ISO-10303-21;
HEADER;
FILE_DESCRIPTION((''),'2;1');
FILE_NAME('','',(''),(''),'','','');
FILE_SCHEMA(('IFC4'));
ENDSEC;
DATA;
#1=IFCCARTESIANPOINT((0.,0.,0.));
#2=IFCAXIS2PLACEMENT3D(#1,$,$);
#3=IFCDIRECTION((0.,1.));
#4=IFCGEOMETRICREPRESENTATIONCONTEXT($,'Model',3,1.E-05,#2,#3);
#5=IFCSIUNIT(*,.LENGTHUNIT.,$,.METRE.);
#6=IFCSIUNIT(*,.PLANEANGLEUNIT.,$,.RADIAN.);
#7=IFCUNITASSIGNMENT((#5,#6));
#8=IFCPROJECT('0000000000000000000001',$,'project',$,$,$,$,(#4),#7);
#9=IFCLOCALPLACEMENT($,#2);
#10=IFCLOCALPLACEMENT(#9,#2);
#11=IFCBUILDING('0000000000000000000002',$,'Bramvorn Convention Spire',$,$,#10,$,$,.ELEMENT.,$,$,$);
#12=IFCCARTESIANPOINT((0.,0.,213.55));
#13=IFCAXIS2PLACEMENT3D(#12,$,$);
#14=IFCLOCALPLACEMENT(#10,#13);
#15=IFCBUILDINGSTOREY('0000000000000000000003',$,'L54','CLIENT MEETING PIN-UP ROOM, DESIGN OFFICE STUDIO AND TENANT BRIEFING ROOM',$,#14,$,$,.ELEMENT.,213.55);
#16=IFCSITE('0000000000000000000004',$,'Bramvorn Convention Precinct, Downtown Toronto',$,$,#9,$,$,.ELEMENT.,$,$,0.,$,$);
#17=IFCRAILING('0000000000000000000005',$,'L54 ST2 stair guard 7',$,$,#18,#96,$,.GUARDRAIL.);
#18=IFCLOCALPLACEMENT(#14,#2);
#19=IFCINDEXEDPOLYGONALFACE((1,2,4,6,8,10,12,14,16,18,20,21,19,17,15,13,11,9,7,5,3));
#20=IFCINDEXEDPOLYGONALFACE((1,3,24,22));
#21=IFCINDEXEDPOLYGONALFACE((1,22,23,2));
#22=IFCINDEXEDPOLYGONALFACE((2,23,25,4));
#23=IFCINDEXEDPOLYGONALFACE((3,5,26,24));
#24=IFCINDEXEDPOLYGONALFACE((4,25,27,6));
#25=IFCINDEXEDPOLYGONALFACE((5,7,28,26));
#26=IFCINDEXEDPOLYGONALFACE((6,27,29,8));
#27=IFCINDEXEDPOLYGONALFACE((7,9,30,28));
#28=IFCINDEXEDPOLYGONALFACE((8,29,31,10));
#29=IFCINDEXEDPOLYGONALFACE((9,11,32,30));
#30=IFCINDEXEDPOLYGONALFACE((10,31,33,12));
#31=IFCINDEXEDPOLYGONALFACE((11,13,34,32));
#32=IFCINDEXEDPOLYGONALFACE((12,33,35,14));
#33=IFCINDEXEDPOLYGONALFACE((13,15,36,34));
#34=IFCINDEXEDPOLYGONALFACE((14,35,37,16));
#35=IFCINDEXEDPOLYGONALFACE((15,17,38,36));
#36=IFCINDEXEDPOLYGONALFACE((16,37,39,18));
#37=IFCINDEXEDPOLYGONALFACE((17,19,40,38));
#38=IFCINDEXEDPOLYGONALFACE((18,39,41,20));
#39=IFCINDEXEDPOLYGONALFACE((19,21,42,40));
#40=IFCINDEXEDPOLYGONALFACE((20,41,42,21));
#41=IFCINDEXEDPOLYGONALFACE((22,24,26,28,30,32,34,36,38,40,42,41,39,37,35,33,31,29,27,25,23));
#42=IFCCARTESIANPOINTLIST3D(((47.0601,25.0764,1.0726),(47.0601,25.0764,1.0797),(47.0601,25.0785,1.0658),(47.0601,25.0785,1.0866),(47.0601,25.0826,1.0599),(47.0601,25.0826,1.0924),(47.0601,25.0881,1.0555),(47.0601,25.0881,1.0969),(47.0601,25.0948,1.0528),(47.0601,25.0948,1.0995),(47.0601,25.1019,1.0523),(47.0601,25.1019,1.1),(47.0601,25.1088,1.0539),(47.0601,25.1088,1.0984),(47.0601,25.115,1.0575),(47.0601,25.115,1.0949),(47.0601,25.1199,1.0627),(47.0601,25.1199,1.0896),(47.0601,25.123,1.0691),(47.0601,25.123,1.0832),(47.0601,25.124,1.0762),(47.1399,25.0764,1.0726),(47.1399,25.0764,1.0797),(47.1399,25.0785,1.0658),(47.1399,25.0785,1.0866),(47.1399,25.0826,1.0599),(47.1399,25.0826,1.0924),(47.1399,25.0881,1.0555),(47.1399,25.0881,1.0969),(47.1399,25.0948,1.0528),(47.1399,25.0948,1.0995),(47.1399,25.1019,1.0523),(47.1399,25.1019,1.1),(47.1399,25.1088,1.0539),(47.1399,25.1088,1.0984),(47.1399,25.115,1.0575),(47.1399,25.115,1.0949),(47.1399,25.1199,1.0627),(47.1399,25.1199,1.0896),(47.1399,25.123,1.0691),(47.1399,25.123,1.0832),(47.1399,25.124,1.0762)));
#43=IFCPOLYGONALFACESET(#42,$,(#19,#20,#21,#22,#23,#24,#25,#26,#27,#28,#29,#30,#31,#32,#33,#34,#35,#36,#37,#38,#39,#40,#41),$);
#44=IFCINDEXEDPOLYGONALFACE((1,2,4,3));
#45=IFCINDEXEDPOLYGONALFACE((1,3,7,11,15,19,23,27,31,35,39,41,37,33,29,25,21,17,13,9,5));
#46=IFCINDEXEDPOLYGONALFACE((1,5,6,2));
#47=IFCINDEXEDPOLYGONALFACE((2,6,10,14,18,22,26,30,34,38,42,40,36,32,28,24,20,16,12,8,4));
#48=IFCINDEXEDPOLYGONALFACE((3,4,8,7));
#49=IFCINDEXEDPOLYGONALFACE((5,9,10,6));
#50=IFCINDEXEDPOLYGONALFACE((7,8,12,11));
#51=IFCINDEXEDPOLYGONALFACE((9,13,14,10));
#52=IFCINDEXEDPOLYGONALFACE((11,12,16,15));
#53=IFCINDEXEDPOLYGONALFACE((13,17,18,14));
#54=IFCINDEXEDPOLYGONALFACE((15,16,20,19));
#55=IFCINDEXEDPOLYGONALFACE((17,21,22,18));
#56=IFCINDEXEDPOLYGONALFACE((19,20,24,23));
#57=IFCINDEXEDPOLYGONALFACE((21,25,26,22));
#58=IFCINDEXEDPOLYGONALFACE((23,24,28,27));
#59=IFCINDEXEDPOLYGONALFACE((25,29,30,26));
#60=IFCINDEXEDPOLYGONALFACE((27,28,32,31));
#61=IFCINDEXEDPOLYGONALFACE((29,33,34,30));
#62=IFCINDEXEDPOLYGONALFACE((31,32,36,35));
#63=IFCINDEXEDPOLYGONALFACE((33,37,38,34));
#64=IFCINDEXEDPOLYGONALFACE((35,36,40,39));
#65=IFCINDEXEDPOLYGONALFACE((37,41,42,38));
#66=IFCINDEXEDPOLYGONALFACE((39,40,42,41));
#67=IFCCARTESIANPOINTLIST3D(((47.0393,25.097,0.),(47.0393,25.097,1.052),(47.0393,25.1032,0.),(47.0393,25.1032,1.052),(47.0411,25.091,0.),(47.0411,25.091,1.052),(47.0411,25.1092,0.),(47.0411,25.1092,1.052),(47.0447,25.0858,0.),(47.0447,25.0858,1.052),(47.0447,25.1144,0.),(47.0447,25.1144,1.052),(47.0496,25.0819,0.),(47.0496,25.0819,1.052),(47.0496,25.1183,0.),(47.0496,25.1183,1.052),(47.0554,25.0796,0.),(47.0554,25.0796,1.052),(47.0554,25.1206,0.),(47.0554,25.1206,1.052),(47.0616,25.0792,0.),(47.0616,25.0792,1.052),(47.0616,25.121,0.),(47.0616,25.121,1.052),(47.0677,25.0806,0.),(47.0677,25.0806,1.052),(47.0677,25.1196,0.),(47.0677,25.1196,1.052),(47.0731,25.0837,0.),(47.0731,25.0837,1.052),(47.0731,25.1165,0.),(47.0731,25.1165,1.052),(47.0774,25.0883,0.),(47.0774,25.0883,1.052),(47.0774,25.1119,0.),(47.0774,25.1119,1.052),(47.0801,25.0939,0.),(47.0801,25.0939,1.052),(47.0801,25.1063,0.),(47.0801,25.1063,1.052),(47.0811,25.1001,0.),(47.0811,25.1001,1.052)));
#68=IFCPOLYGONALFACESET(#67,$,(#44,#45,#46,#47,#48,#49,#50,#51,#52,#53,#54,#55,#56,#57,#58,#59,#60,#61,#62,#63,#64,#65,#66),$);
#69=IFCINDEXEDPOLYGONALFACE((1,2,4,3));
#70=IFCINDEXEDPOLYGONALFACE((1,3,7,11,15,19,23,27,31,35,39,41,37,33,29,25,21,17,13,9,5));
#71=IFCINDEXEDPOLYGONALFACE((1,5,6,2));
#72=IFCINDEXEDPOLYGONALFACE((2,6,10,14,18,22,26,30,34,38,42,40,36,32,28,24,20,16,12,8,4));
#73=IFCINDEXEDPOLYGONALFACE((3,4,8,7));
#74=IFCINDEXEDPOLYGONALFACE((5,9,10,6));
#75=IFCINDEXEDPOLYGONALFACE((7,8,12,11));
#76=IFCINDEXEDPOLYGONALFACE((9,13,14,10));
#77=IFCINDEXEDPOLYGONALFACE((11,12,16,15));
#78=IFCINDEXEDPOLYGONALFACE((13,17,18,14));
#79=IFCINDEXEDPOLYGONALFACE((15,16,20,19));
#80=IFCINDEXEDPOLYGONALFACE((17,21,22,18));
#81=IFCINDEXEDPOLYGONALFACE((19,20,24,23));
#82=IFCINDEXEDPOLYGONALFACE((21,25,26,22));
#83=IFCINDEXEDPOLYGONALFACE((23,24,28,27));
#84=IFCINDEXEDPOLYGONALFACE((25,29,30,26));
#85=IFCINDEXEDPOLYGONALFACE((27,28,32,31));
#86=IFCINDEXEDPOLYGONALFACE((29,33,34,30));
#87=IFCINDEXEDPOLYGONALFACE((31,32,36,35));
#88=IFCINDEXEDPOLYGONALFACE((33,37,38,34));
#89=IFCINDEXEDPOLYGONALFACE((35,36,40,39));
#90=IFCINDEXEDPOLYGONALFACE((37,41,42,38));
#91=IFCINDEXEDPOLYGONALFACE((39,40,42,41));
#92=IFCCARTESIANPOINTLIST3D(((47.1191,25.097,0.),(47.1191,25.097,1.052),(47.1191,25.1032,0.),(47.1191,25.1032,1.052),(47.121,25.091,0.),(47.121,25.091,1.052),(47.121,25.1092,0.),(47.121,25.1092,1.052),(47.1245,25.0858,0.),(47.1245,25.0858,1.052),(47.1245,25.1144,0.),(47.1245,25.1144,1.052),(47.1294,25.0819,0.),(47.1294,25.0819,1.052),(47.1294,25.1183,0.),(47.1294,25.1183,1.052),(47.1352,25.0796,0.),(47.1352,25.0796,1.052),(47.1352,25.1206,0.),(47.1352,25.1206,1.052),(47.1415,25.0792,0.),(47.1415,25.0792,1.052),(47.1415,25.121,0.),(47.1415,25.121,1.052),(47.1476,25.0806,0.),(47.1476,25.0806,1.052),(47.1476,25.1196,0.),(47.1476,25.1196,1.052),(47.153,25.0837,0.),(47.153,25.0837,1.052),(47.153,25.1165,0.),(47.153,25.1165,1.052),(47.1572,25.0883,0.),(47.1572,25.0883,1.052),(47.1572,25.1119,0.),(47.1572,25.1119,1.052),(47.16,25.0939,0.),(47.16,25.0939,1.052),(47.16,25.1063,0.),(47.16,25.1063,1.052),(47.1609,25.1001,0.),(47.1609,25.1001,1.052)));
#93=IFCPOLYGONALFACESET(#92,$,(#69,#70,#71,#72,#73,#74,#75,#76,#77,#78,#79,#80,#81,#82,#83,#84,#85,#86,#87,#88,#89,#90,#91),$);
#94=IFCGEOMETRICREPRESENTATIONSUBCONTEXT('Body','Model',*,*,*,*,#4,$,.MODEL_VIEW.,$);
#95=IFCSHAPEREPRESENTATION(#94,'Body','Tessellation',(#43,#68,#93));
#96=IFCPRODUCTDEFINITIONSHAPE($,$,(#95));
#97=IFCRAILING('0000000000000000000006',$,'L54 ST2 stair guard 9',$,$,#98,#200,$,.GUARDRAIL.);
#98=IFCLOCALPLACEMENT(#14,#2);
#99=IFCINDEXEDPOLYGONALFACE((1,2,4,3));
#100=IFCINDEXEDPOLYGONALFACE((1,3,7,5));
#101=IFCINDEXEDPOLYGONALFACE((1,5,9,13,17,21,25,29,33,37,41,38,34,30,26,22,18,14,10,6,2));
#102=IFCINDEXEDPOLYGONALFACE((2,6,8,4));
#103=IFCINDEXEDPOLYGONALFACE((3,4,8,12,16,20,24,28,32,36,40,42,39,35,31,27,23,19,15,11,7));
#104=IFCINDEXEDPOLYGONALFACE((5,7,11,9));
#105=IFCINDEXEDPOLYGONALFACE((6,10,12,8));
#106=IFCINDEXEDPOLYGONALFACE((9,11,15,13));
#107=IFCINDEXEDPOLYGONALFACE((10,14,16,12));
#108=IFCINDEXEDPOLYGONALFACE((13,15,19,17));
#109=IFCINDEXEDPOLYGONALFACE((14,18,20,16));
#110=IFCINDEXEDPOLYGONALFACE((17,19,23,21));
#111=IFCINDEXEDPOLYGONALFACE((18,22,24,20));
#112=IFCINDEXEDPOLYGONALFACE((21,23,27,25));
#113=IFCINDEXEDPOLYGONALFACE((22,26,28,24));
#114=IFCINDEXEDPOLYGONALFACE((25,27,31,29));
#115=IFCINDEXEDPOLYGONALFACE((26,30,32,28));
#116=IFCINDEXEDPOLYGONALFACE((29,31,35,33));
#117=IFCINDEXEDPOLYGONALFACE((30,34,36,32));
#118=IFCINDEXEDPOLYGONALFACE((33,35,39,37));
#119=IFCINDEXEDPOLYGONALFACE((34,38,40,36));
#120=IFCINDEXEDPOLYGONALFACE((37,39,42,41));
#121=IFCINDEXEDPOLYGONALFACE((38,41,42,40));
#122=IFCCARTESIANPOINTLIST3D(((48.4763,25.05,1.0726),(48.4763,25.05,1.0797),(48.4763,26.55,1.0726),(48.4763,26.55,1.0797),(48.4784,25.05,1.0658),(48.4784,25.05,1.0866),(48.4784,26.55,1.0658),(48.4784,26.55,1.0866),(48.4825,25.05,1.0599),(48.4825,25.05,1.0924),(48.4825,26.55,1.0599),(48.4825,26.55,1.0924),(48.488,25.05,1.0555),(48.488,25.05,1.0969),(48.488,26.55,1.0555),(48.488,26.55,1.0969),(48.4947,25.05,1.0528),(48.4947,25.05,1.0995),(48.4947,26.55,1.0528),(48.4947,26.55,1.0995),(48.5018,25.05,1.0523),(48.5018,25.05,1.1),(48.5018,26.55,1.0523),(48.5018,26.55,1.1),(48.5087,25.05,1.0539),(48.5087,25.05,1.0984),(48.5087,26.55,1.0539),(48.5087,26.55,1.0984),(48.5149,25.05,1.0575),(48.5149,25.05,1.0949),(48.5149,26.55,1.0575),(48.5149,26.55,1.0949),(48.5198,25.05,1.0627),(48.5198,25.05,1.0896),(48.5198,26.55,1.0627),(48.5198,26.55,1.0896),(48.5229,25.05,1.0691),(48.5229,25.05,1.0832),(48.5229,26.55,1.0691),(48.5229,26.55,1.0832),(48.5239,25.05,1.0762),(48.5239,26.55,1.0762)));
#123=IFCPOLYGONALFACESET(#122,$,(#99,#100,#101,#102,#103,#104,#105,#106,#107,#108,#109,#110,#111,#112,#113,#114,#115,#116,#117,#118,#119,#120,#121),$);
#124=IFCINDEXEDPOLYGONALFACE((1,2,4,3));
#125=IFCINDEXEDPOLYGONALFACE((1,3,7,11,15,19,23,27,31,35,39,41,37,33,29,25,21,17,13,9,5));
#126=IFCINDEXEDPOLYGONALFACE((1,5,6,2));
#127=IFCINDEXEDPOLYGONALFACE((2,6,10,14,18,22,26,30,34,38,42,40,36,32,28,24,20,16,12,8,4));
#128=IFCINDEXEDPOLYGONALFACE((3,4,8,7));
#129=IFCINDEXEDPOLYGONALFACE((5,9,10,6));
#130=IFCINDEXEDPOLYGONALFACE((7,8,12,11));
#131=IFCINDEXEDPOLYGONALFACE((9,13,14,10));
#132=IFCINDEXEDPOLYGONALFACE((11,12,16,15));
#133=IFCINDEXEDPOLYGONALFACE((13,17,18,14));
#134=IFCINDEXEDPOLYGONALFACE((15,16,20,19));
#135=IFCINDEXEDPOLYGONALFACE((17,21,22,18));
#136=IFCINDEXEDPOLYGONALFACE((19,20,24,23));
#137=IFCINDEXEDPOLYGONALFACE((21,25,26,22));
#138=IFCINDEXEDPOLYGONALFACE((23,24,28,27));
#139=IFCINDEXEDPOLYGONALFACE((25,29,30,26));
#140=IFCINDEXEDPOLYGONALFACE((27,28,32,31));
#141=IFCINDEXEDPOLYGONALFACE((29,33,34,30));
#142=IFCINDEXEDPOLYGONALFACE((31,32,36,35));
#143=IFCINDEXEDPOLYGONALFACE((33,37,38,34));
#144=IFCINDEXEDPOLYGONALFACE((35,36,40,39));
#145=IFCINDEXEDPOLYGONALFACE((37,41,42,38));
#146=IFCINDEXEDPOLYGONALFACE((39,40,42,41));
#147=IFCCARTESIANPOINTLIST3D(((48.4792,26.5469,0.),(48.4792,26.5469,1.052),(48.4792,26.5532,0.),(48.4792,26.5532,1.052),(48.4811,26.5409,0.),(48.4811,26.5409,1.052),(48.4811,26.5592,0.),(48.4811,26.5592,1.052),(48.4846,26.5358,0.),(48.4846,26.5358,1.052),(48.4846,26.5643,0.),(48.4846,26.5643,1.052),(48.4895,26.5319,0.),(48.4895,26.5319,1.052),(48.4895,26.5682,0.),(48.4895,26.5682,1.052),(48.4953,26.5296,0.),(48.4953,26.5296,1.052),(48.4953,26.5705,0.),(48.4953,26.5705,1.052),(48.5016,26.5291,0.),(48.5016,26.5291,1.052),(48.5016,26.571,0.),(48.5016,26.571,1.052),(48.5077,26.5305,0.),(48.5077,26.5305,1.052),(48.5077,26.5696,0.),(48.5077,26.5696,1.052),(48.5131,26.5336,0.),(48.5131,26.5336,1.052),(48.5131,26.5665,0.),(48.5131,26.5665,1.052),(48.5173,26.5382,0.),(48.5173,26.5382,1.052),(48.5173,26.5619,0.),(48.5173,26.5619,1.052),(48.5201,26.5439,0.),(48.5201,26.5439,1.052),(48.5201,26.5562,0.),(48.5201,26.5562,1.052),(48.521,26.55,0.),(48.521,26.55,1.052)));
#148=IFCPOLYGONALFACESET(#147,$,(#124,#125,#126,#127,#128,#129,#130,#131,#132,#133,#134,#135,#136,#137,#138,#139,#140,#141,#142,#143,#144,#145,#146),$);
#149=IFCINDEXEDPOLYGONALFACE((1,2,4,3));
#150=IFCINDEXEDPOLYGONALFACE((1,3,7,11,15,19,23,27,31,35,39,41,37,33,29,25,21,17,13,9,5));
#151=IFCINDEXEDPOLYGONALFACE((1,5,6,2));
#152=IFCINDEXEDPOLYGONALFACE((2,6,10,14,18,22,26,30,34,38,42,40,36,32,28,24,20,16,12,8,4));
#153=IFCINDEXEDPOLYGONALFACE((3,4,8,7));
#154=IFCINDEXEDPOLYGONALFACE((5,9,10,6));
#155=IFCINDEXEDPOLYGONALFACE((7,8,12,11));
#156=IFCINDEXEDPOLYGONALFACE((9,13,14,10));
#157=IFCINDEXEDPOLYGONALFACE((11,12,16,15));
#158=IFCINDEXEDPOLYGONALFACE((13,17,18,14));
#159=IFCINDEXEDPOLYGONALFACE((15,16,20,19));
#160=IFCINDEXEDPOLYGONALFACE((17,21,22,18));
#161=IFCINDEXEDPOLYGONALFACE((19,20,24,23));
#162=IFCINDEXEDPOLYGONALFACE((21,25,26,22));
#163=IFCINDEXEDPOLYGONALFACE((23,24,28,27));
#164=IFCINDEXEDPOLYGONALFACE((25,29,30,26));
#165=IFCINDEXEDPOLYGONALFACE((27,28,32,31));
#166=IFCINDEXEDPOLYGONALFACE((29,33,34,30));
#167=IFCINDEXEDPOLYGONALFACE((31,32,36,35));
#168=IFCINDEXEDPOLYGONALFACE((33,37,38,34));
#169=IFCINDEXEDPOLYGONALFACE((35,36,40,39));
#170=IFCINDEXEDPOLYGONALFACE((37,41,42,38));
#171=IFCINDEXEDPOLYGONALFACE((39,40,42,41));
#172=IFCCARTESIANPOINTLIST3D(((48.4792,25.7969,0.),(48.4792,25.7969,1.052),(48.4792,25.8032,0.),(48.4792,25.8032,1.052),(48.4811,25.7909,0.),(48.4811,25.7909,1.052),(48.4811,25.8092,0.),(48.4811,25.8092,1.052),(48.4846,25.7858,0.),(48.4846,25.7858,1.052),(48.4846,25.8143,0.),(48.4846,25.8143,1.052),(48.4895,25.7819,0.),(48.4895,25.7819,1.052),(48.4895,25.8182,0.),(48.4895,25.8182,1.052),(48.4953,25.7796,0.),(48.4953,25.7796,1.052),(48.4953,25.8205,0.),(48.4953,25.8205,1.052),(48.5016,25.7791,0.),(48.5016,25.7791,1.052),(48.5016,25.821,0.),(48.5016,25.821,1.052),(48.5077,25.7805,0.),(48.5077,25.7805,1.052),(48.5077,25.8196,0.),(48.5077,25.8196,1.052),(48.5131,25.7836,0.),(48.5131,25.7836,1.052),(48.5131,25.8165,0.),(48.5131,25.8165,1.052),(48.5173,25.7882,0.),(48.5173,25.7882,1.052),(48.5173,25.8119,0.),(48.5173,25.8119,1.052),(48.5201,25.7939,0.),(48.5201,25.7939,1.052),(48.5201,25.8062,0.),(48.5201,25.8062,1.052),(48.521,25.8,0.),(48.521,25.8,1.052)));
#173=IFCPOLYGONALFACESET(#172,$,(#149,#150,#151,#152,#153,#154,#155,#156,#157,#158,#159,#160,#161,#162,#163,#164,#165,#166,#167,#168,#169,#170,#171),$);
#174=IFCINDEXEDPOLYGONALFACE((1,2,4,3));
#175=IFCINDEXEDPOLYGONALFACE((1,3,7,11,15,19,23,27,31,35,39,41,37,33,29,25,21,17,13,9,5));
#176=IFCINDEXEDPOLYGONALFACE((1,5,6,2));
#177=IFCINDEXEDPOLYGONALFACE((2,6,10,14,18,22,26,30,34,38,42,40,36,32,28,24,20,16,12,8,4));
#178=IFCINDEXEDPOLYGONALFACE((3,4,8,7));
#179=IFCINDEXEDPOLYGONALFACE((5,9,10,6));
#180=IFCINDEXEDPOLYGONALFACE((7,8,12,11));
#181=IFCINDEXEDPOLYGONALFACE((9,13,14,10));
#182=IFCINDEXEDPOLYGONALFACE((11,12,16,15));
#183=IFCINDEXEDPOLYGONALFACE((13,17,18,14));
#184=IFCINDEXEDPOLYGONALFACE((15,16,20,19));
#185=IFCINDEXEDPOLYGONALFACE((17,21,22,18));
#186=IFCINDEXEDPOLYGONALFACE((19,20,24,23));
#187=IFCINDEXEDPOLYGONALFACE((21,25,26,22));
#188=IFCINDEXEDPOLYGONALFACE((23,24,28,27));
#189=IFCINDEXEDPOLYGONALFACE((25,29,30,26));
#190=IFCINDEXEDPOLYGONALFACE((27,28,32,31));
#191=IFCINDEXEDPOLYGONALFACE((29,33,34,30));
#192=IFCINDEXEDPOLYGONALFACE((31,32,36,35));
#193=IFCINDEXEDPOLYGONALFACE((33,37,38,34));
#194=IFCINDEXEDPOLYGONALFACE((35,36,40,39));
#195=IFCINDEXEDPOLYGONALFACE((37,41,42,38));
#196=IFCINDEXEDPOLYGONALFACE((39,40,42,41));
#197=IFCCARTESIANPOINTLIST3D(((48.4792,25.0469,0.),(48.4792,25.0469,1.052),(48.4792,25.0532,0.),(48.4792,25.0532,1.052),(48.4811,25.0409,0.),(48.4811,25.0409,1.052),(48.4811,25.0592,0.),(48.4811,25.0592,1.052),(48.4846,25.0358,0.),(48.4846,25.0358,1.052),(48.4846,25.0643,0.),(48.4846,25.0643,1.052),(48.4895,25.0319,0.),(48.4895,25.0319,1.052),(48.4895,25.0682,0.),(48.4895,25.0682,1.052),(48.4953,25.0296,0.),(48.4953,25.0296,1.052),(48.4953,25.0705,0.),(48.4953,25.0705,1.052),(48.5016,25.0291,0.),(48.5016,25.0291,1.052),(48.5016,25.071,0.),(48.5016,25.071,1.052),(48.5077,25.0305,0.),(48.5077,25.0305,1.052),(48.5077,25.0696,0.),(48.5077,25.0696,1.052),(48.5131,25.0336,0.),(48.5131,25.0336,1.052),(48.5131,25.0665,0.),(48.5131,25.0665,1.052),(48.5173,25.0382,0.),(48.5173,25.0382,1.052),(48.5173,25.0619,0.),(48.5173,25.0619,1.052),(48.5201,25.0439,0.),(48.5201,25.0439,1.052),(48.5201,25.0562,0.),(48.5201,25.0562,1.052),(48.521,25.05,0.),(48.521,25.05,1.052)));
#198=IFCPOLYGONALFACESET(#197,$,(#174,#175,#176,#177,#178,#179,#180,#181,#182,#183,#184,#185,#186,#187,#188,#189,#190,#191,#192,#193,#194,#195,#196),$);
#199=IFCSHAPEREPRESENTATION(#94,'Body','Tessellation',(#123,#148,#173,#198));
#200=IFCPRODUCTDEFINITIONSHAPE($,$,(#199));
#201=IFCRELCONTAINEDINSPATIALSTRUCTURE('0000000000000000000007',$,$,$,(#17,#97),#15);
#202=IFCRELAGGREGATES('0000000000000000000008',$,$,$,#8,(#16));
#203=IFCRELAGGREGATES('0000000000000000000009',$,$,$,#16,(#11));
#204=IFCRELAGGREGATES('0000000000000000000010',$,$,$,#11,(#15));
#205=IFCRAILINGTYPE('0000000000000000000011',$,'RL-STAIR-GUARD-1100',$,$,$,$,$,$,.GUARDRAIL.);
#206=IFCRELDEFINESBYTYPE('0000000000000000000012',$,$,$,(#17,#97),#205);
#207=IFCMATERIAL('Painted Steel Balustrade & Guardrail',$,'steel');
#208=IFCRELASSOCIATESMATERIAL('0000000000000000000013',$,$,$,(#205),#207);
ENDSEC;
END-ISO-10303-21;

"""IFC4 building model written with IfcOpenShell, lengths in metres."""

from ifc_helpers import new_model, si_unit, direction, frame, origin, origin_2d, place, context, subcontext, project, spatial, circle, extrude, material, type_object, element, save


model = new_model("IFC4")

# Units and contexts
model_context = context("Model", 3, precision=1e-05, world=origin(), true_north=direction((0.0, 1.0)))
body_context = subcontext(model_context, "Body", "Model", "MODEL_VIEW")
ifc_project = project(units=[si_unit("LENGTHUNIT", "METRE"), si_unit("PLANEANGLEUNIT", "RADIAN")], contexts=[model_context])

# Site, building, storey
site_placement = place(None, origin())
site = spatial("IfcSite", under=ifc_project, at=site_placement, Name="Bramvorn Convention Precinct, Downtown Toronto", CompositionType="ELEMENT", RefElevation=0.0)
building_placement = place(site_placement, origin())
building = spatial("IfcBuilding", under=site, at=building_placement, Name="Bramvorn Convention Spire", CompositionType="ELEMENT")
storey_placement = place(building_placement, frame((0.0, 0.0, 213.55)))
storey = spatial("IfcBuildingStorey", under=building, at=storey_placement, Name="L54", Description="CLIENT MEETING PIN-UP ROOM, DESIGN OFFICE STUDIO AND TENANT BRIEFING ROOM", CompositionType="ELEMENT", Elevation=213.55)

# Railings
ifc_material_1 = material(Name="Painted Steel Balustrade & Guardrail", Category="steel")
railing_type_1 = type_object("IfcRailingType", Name="RL-STAIR-GUARD-1100", PredefinedType="GUARDRAIL", material=ifc_material_1)
railing_1_placement = place(storey_placement, frame((47.0601, 25.1001, 0.0)))
element("IfcRailing", 1, at=railing_1_placement, inside=storey, type_object=railing_type_1, Name="L54 ST2 stair guard 7", PredefinedType="GUARDRAIL", context=body_context, shape_type="SweptSolid", body=[
    extrude(circle(Radius=0.0239, at=origin_2d()), frame((0.0, 0.0, 1.0762), z_axis=(1.0, 0.0, 0.0), x_axis=(0.0, 1.0, 0.0)), (0.0, 0.0, 1.0), 0.0798),
    extrude(circle(Radius=0.021, at=origin_2d()), origin(), (0.0, 0.0, 1.0), 1.052),
    extrude(circle(Radius=0.021, at=origin_2d()), frame((0.0798, 0.0, 0.0)), (0.0, 0.0, 1.0), 1.052),
])
railing_2_placement = place(storey_placement, frame((48.5, 26.55, 0.0)))
element("IfcRailing", 2, at=railing_2_placement, inside=storey, type_object=railing_type_1, Name="L54 ST2 stair guard 9", PredefinedType="GUARDRAIL", context=body_context, shape_type="SweptSolid", body=[
    extrude(circle(Radius=0.0239, at=origin_2d()), frame((0.0, 0.0, 1.0762), z_axis=(0.0, -1.0, 0.0), x_axis=(1.0, 0.0, 0.0)), (0.0, 0.0, 1.0), 1.5),
    extrude(circle(Radius=0.021, at=origin_2d()), origin(), (0.0, 0.0, 1.0), 1.052),
    extrude(circle(Radius=0.021, at=origin_2d()), frame((0.0, -0.75, 0.0)), (0.0, 0.0, 1.0), 1.052),
    extrude(circle(Radius=0.021, at=origin_2d()), frame((0.0, -1.5, 0.0)), (0.0, 0.0, 1.0), 1.052),
])

save(model, "model.ifc")
